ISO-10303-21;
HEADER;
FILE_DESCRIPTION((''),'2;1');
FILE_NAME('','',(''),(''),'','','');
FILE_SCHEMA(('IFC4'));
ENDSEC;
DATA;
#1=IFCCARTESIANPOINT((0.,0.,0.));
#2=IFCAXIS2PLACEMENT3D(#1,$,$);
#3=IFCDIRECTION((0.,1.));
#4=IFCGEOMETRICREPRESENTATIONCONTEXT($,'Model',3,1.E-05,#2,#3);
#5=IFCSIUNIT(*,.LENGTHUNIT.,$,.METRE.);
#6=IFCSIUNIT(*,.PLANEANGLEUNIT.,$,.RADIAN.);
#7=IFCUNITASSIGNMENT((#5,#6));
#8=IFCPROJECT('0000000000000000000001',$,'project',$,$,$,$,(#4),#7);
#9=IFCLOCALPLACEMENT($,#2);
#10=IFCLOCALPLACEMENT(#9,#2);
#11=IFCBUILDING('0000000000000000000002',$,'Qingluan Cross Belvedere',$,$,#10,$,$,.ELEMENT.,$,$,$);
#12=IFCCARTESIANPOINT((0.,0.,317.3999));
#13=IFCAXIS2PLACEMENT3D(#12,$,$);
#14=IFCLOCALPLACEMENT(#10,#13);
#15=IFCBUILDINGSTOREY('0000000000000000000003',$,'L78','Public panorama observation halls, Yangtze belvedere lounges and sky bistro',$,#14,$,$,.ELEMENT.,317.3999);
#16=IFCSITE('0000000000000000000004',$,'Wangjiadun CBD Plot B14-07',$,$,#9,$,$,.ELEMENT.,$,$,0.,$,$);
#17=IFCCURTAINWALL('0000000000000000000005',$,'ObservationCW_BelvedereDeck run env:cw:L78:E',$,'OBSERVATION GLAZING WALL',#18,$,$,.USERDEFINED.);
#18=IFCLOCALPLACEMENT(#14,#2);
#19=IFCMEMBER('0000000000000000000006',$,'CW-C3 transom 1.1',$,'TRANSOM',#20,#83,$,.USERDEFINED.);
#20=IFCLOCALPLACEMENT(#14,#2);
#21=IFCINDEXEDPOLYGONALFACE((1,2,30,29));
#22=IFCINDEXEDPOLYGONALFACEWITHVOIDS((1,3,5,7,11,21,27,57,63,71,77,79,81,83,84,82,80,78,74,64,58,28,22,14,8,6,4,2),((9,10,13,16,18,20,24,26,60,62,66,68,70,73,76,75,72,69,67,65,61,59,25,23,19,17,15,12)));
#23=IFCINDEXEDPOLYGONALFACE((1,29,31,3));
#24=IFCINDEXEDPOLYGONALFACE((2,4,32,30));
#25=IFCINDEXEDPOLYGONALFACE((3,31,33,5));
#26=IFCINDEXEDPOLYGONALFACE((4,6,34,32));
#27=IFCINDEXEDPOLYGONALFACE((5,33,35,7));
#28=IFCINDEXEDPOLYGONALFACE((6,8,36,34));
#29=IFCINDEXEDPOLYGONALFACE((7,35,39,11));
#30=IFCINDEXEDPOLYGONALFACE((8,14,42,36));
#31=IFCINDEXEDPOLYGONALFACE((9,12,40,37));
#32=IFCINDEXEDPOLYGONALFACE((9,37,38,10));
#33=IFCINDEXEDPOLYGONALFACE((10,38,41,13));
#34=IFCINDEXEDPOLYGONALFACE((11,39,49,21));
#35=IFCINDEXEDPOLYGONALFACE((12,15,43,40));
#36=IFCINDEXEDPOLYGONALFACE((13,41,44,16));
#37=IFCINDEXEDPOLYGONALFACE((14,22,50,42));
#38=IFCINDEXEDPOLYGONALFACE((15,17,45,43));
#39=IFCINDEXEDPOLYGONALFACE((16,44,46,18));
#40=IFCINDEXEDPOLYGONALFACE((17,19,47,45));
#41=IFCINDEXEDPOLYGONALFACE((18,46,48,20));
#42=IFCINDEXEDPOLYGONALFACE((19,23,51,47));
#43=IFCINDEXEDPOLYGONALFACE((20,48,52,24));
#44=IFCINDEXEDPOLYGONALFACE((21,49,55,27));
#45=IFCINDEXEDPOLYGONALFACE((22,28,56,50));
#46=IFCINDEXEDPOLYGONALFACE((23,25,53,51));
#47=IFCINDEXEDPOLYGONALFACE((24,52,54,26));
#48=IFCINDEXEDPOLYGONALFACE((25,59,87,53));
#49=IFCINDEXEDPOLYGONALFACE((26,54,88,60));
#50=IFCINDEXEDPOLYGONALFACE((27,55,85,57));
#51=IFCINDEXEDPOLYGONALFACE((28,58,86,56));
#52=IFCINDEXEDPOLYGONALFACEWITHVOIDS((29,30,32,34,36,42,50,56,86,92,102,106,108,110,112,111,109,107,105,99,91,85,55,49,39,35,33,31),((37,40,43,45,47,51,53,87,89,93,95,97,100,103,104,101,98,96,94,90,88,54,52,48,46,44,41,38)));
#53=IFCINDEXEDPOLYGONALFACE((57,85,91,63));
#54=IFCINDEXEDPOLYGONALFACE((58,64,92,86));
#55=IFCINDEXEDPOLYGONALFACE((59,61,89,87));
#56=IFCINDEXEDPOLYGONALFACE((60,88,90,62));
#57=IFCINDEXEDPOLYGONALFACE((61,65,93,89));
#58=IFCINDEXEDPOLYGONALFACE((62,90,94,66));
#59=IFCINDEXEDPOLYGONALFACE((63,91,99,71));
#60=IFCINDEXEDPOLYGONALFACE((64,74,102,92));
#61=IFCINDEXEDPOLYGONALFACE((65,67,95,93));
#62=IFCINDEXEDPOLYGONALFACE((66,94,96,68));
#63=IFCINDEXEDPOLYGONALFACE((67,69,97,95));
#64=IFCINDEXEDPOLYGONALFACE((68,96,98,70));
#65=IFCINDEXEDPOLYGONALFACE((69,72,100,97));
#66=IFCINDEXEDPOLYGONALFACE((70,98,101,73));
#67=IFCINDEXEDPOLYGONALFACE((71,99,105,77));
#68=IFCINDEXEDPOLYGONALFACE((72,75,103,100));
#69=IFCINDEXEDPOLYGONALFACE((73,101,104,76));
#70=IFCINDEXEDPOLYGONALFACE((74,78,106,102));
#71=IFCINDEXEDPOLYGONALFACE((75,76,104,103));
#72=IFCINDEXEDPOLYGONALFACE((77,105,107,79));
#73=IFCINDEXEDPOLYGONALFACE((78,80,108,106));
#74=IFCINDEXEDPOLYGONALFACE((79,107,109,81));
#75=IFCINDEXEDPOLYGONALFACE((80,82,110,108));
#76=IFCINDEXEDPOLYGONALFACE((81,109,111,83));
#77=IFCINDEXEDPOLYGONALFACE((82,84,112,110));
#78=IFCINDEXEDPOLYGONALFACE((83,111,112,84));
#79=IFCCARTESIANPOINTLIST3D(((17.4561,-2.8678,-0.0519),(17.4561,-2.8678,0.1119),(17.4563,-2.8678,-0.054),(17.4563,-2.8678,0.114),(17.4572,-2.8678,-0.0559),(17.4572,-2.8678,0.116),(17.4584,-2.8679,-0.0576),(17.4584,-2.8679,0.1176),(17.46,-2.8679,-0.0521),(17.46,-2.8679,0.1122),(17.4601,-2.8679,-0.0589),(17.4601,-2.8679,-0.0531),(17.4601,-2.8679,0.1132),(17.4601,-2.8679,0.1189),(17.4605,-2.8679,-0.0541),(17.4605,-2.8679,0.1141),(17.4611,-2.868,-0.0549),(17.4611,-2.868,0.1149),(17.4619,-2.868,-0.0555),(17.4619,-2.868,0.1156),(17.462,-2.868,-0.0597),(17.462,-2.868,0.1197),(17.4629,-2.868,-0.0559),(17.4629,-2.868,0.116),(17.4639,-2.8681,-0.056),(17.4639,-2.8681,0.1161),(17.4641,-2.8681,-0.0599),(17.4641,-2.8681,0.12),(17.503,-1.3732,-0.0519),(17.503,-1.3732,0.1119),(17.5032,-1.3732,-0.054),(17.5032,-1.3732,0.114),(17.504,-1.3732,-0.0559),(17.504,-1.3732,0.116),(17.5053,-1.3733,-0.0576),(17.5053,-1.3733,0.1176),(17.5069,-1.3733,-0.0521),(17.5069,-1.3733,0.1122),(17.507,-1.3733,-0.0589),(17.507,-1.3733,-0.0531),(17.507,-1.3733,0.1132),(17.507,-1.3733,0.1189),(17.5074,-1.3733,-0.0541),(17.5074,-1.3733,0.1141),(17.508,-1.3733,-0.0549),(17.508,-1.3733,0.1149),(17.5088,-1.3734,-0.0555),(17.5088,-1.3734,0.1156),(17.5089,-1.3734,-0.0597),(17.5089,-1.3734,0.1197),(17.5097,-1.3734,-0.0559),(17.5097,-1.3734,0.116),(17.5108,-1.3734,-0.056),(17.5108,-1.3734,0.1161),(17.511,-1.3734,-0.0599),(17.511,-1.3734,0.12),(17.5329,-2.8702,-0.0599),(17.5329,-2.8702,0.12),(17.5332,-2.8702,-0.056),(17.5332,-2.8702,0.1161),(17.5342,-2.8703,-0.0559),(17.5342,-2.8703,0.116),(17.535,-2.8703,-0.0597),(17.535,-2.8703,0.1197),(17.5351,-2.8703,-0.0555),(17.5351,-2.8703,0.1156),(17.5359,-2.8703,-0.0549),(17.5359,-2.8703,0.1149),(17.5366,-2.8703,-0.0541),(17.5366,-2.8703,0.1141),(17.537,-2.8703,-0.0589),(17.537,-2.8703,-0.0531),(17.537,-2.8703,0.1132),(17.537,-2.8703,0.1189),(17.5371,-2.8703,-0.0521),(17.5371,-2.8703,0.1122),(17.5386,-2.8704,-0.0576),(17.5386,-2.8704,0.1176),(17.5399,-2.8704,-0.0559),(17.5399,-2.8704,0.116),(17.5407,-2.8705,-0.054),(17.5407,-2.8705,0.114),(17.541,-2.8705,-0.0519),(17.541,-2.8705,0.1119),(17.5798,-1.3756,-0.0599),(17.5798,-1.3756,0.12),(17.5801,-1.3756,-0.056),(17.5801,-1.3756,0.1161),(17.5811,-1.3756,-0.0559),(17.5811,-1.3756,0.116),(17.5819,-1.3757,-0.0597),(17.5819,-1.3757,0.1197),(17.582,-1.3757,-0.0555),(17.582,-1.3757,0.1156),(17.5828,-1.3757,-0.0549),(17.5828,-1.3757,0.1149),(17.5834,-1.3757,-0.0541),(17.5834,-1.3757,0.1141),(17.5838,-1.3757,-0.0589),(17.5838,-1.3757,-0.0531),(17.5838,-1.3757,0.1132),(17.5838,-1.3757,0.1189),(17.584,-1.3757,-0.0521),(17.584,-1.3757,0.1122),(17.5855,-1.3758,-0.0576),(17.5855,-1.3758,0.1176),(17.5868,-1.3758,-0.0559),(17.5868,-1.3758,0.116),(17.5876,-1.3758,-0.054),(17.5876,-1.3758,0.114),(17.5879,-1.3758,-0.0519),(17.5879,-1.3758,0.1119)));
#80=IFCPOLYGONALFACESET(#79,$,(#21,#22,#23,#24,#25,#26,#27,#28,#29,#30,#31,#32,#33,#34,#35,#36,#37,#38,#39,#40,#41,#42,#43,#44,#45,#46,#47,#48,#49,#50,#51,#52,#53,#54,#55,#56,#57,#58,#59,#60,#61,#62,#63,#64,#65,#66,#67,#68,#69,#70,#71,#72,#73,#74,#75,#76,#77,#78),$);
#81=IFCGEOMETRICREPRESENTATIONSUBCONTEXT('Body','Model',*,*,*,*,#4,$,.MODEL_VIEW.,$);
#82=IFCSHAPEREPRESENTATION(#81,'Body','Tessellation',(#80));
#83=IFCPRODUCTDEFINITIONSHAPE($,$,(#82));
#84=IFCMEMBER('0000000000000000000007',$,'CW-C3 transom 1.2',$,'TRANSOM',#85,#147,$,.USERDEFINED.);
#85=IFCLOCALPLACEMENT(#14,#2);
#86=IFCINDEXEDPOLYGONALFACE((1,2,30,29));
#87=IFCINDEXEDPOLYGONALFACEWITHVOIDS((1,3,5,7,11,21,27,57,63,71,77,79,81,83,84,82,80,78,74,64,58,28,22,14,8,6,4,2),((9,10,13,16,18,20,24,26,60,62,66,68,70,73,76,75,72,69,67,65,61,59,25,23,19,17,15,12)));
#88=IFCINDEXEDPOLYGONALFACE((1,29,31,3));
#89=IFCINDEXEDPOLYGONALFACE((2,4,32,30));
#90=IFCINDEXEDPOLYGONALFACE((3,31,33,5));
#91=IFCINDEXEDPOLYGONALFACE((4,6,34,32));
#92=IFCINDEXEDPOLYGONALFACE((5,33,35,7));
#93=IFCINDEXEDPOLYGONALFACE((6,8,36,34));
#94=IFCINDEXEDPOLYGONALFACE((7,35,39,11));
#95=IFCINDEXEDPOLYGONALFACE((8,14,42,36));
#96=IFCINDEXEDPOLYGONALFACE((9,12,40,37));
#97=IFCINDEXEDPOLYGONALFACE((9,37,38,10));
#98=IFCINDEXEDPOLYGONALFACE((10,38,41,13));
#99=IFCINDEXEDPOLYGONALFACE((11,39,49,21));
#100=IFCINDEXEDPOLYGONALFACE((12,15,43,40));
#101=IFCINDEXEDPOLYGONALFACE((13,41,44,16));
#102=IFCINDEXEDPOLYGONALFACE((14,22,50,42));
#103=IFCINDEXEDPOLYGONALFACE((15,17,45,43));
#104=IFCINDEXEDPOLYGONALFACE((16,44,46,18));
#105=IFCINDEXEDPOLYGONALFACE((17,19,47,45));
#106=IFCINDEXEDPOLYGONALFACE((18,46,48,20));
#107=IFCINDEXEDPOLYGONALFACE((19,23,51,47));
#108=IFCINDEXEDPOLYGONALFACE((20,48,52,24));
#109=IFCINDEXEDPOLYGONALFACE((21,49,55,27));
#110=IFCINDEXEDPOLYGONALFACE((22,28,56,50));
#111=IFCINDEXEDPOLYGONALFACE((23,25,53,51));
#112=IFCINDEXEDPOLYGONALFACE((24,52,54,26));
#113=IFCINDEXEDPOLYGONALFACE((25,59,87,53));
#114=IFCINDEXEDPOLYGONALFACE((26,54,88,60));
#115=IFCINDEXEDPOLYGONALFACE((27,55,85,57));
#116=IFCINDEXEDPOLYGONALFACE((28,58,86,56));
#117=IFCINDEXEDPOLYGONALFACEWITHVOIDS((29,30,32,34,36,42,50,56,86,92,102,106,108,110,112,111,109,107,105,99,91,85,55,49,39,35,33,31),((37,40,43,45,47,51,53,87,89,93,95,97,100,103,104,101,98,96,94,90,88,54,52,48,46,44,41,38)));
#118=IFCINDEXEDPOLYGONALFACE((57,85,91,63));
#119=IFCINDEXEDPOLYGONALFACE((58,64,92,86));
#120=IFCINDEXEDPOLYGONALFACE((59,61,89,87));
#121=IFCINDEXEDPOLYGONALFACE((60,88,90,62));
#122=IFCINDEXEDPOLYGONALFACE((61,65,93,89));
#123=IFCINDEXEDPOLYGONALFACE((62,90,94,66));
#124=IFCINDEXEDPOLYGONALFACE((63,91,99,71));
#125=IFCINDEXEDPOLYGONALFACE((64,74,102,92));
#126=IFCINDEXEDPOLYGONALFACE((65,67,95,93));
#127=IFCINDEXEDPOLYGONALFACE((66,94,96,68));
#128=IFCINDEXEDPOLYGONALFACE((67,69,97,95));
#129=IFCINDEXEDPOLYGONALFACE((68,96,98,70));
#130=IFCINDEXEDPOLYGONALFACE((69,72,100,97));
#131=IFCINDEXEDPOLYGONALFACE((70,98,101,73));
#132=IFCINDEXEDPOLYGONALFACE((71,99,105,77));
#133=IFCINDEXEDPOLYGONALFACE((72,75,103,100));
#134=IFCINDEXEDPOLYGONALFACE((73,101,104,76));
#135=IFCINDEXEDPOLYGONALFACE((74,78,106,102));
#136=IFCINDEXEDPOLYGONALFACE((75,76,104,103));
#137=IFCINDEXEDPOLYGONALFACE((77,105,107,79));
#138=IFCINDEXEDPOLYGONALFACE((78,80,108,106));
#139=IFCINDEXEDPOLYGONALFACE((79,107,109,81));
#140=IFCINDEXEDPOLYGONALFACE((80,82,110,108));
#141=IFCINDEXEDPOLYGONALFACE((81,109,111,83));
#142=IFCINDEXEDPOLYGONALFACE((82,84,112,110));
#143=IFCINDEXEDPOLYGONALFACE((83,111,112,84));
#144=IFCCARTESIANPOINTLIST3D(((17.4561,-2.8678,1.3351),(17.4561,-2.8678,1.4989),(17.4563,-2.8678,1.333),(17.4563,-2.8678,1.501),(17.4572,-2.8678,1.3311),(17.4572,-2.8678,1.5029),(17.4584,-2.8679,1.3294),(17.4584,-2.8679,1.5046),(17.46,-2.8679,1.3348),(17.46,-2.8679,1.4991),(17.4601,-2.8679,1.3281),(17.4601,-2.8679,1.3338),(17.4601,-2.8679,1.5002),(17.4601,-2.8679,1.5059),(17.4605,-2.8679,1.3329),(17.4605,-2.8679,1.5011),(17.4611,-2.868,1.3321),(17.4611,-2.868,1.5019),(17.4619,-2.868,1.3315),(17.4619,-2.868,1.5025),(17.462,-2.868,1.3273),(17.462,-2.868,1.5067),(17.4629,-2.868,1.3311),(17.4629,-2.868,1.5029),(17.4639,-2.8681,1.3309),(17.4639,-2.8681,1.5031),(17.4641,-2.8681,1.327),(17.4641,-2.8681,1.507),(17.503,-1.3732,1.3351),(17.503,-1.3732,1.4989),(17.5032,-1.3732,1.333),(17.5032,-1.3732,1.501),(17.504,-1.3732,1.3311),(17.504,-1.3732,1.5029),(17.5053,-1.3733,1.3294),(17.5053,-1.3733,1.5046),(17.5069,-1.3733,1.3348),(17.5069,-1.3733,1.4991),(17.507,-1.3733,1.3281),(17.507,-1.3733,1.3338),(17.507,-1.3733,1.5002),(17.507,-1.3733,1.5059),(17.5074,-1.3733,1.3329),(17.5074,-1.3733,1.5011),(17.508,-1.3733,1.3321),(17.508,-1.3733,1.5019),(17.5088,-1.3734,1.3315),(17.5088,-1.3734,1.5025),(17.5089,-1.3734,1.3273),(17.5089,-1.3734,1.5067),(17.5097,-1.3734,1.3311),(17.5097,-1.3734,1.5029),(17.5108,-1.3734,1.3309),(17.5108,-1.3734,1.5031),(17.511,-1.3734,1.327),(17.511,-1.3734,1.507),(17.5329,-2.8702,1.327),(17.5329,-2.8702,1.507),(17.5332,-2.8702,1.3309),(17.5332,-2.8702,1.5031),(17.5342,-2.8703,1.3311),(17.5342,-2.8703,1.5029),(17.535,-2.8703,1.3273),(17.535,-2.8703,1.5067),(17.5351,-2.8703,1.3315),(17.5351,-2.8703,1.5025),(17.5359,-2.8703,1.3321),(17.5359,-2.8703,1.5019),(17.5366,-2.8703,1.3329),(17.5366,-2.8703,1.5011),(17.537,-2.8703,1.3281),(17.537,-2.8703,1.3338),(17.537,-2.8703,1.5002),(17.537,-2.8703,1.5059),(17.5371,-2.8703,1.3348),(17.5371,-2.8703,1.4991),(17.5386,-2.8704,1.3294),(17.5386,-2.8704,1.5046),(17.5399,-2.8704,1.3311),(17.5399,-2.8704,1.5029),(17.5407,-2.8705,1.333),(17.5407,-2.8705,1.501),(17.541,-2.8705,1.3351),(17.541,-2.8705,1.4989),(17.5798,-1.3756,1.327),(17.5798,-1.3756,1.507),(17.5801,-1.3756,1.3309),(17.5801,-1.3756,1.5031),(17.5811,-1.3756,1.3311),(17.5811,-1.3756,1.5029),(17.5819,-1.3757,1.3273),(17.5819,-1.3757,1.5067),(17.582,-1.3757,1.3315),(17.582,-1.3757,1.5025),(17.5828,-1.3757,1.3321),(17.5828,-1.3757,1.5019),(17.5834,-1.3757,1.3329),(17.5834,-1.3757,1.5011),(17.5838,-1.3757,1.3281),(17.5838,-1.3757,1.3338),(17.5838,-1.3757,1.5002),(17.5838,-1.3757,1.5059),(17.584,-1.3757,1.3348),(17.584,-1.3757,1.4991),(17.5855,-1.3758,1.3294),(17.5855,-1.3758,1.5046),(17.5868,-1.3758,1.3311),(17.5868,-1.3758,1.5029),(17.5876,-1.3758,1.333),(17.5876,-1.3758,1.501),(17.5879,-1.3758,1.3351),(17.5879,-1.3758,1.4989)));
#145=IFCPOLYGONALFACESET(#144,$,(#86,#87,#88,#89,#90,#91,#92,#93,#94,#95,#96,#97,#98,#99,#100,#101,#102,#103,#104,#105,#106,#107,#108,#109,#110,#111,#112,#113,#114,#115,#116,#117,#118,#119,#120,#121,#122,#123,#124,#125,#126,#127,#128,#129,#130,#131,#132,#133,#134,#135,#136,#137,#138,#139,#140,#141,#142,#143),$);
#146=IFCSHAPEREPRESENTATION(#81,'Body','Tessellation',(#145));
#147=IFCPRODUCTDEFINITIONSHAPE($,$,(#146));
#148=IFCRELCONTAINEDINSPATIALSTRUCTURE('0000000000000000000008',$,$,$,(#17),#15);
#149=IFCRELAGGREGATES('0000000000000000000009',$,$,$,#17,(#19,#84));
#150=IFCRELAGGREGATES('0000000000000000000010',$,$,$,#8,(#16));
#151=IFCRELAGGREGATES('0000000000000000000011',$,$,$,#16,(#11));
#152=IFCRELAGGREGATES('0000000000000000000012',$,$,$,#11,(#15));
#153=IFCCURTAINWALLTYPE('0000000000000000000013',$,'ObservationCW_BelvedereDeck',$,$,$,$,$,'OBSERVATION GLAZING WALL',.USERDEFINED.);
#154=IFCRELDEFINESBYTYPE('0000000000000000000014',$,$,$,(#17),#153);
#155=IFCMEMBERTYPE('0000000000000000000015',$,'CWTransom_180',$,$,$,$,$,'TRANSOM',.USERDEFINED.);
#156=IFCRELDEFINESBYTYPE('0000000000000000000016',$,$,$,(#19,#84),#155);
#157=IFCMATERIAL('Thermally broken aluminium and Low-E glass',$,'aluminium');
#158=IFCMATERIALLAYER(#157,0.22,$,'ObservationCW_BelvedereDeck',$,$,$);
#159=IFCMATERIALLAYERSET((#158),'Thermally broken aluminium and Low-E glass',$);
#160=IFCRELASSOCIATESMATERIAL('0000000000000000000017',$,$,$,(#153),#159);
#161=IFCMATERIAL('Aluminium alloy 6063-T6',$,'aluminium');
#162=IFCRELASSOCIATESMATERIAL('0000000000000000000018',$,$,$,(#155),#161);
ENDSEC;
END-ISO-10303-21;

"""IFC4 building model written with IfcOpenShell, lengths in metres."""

from ifc_helpers import new_model, si_unit, direction, frame, origin, origin_2d, place, context, subcontext, project, spatial, hollow_rectangle, extrude, material, layer, layer_set, material_profile, profile_set, type_object, element, aggregate, save


model = new_model("IFC4")

# Units and contexts
model_context = context("Model", 3, precision=1e-05, world=origin(), true_north=direction((0.0, 1.0)))
body_context = subcontext(model_context, "Body", "Model", "MODEL_VIEW")
ifc_project = project(units=[si_unit("LENGTHUNIT", "METRE"), si_unit("PLANEANGLEUNIT", "RADIAN")], contexts=[model_context])

# Site, building, storey
site_placement = place(None, origin())
site = spatial("IfcSite", under=ifc_project, at=site_placement, Name="Wangjiadun CBD Plot B14-07", CompositionType="ELEMENT", RefElevation=0.0)
building_placement = place(site_placement, origin())
building = spatial("IfcBuilding", under=site, at=building_placement, Name="Qingluan Cross Belvedere", CompositionType="ELEMENT")
storey_placement = place(building_placement, frame((0.0, 0.0, 317.3999)))
storey = spatial("IfcBuildingStorey", under=building, at=storey_placement, Name="L78", Description="Public panorama observation halls, Yangtze belvedere lounges and sky bistro", CompositionType="ELEMENT", Elevation=317.3999)

# Curtain wall, members
ifc_material_1 = material(Name="Thermally broken aluminium and Low-E glass", Category="aluminium")
ifc_layer_1 = layer(ifc_material_1, 0.22, Name="ObservationCW_BelvedereDeck")
ifc_layer_set_1 = layer_set([ifc_layer_1], Name="Thermally broken aluminium and Low-E glass")
curtain_wall_type = type_object("IfcCurtainWallType", Name="ObservationCW_BelvedereDeck", ElementType="OBSERVATION GLAZING WALL", PredefinedType="USERDEFINED", material=ifc_layer_set_1)
curtain_wall_placement = place(storey_placement, origin())
curtain_wall = element("IfcCurtainWall", 1, at=curtain_wall_placement, inside=storey, type_object=curtain_wall_type, Name="ObservationCW_BelvedereDeck run env:cw:L78:E", ObjectType="OBSERVATION GLAZING WALL", PredefinedType="USERDEFINED")
ifc_material_2 = material(Name="Aluminium alloy 6063-T6", Category="aluminium")
ifc_material_profile_1 = material_profile(ifc_material_2, hollow_rectangle(XDim=0.085, YDim=0.1799, WallThickness=0.0039, InnerFilletRadius=0.0039, OuterFilletRadius=0.0081, at=origin_2d()), Name="CWT180x85x4")
ifc_profile_set_1 = profile_set([ifc_material_profile_1], Name="Aluminium alloy 6063-T6")
member_type_1 = type_object("IfcMemberType", Name="CWTransom_180", ElementType="TRANSOM", PredefinedType="USERDEFINED", material=ifc_profile_set_1)
member_1_placement = place(storey_placement, frame((17.4985, -2.8691, 0.03), z_axis=(0.031347, 0.999509, 0.0), x_axis=(-0.999509, 0.031347, 0.0)))
member_1 = element("IfcMember", 2, at=member_1_placement, type_object=member_type_1, Name="CW-C3 transom 1.1", ObjectType="TRANSOM", PredefinedType="USERDEFINED", context=body_context, shape_type="SweptSolid", body=[
    extrude(hollow_rectangle(XDim=0.085, YDim=0.1799, WallThickness=0.0039, InnerFilletRadius=0.0039, OuterFilletRadius=0.0081, at=origin_2d()), origin(), (0.0, 0.0, 1.0), 1.4954),
])
member_2_placement = place(storey_placement, frame((17.4985, -2.8691, 1.417), z_axis=(0.031347, 0.999509, 0.0), x_axis=(-0.999509, 0.031347, 0.0)))
member_2 = element("IfcMember", 3, at=member_2_placement, type_object=member_type_1, Name="CW-C3 transom 1.2", ObjectType="TRANSOM", PredefinedType="USERDEFINED", context=body_context, shape_type="SweptSolid", body=[
    extrude(hollow_rectangle(XDim=0.085, YDim=0.1799, WallThickness=0.0039, InnerFilletRadius=0.0039, OuterFilletRadius=0.0081, at=origin_2d()), origin(), (0.0, 0.0, 1.0), 1.4954),
])
aggregate(curtain_wall, [member_1, member_2])

save(model, "model.ifc")
